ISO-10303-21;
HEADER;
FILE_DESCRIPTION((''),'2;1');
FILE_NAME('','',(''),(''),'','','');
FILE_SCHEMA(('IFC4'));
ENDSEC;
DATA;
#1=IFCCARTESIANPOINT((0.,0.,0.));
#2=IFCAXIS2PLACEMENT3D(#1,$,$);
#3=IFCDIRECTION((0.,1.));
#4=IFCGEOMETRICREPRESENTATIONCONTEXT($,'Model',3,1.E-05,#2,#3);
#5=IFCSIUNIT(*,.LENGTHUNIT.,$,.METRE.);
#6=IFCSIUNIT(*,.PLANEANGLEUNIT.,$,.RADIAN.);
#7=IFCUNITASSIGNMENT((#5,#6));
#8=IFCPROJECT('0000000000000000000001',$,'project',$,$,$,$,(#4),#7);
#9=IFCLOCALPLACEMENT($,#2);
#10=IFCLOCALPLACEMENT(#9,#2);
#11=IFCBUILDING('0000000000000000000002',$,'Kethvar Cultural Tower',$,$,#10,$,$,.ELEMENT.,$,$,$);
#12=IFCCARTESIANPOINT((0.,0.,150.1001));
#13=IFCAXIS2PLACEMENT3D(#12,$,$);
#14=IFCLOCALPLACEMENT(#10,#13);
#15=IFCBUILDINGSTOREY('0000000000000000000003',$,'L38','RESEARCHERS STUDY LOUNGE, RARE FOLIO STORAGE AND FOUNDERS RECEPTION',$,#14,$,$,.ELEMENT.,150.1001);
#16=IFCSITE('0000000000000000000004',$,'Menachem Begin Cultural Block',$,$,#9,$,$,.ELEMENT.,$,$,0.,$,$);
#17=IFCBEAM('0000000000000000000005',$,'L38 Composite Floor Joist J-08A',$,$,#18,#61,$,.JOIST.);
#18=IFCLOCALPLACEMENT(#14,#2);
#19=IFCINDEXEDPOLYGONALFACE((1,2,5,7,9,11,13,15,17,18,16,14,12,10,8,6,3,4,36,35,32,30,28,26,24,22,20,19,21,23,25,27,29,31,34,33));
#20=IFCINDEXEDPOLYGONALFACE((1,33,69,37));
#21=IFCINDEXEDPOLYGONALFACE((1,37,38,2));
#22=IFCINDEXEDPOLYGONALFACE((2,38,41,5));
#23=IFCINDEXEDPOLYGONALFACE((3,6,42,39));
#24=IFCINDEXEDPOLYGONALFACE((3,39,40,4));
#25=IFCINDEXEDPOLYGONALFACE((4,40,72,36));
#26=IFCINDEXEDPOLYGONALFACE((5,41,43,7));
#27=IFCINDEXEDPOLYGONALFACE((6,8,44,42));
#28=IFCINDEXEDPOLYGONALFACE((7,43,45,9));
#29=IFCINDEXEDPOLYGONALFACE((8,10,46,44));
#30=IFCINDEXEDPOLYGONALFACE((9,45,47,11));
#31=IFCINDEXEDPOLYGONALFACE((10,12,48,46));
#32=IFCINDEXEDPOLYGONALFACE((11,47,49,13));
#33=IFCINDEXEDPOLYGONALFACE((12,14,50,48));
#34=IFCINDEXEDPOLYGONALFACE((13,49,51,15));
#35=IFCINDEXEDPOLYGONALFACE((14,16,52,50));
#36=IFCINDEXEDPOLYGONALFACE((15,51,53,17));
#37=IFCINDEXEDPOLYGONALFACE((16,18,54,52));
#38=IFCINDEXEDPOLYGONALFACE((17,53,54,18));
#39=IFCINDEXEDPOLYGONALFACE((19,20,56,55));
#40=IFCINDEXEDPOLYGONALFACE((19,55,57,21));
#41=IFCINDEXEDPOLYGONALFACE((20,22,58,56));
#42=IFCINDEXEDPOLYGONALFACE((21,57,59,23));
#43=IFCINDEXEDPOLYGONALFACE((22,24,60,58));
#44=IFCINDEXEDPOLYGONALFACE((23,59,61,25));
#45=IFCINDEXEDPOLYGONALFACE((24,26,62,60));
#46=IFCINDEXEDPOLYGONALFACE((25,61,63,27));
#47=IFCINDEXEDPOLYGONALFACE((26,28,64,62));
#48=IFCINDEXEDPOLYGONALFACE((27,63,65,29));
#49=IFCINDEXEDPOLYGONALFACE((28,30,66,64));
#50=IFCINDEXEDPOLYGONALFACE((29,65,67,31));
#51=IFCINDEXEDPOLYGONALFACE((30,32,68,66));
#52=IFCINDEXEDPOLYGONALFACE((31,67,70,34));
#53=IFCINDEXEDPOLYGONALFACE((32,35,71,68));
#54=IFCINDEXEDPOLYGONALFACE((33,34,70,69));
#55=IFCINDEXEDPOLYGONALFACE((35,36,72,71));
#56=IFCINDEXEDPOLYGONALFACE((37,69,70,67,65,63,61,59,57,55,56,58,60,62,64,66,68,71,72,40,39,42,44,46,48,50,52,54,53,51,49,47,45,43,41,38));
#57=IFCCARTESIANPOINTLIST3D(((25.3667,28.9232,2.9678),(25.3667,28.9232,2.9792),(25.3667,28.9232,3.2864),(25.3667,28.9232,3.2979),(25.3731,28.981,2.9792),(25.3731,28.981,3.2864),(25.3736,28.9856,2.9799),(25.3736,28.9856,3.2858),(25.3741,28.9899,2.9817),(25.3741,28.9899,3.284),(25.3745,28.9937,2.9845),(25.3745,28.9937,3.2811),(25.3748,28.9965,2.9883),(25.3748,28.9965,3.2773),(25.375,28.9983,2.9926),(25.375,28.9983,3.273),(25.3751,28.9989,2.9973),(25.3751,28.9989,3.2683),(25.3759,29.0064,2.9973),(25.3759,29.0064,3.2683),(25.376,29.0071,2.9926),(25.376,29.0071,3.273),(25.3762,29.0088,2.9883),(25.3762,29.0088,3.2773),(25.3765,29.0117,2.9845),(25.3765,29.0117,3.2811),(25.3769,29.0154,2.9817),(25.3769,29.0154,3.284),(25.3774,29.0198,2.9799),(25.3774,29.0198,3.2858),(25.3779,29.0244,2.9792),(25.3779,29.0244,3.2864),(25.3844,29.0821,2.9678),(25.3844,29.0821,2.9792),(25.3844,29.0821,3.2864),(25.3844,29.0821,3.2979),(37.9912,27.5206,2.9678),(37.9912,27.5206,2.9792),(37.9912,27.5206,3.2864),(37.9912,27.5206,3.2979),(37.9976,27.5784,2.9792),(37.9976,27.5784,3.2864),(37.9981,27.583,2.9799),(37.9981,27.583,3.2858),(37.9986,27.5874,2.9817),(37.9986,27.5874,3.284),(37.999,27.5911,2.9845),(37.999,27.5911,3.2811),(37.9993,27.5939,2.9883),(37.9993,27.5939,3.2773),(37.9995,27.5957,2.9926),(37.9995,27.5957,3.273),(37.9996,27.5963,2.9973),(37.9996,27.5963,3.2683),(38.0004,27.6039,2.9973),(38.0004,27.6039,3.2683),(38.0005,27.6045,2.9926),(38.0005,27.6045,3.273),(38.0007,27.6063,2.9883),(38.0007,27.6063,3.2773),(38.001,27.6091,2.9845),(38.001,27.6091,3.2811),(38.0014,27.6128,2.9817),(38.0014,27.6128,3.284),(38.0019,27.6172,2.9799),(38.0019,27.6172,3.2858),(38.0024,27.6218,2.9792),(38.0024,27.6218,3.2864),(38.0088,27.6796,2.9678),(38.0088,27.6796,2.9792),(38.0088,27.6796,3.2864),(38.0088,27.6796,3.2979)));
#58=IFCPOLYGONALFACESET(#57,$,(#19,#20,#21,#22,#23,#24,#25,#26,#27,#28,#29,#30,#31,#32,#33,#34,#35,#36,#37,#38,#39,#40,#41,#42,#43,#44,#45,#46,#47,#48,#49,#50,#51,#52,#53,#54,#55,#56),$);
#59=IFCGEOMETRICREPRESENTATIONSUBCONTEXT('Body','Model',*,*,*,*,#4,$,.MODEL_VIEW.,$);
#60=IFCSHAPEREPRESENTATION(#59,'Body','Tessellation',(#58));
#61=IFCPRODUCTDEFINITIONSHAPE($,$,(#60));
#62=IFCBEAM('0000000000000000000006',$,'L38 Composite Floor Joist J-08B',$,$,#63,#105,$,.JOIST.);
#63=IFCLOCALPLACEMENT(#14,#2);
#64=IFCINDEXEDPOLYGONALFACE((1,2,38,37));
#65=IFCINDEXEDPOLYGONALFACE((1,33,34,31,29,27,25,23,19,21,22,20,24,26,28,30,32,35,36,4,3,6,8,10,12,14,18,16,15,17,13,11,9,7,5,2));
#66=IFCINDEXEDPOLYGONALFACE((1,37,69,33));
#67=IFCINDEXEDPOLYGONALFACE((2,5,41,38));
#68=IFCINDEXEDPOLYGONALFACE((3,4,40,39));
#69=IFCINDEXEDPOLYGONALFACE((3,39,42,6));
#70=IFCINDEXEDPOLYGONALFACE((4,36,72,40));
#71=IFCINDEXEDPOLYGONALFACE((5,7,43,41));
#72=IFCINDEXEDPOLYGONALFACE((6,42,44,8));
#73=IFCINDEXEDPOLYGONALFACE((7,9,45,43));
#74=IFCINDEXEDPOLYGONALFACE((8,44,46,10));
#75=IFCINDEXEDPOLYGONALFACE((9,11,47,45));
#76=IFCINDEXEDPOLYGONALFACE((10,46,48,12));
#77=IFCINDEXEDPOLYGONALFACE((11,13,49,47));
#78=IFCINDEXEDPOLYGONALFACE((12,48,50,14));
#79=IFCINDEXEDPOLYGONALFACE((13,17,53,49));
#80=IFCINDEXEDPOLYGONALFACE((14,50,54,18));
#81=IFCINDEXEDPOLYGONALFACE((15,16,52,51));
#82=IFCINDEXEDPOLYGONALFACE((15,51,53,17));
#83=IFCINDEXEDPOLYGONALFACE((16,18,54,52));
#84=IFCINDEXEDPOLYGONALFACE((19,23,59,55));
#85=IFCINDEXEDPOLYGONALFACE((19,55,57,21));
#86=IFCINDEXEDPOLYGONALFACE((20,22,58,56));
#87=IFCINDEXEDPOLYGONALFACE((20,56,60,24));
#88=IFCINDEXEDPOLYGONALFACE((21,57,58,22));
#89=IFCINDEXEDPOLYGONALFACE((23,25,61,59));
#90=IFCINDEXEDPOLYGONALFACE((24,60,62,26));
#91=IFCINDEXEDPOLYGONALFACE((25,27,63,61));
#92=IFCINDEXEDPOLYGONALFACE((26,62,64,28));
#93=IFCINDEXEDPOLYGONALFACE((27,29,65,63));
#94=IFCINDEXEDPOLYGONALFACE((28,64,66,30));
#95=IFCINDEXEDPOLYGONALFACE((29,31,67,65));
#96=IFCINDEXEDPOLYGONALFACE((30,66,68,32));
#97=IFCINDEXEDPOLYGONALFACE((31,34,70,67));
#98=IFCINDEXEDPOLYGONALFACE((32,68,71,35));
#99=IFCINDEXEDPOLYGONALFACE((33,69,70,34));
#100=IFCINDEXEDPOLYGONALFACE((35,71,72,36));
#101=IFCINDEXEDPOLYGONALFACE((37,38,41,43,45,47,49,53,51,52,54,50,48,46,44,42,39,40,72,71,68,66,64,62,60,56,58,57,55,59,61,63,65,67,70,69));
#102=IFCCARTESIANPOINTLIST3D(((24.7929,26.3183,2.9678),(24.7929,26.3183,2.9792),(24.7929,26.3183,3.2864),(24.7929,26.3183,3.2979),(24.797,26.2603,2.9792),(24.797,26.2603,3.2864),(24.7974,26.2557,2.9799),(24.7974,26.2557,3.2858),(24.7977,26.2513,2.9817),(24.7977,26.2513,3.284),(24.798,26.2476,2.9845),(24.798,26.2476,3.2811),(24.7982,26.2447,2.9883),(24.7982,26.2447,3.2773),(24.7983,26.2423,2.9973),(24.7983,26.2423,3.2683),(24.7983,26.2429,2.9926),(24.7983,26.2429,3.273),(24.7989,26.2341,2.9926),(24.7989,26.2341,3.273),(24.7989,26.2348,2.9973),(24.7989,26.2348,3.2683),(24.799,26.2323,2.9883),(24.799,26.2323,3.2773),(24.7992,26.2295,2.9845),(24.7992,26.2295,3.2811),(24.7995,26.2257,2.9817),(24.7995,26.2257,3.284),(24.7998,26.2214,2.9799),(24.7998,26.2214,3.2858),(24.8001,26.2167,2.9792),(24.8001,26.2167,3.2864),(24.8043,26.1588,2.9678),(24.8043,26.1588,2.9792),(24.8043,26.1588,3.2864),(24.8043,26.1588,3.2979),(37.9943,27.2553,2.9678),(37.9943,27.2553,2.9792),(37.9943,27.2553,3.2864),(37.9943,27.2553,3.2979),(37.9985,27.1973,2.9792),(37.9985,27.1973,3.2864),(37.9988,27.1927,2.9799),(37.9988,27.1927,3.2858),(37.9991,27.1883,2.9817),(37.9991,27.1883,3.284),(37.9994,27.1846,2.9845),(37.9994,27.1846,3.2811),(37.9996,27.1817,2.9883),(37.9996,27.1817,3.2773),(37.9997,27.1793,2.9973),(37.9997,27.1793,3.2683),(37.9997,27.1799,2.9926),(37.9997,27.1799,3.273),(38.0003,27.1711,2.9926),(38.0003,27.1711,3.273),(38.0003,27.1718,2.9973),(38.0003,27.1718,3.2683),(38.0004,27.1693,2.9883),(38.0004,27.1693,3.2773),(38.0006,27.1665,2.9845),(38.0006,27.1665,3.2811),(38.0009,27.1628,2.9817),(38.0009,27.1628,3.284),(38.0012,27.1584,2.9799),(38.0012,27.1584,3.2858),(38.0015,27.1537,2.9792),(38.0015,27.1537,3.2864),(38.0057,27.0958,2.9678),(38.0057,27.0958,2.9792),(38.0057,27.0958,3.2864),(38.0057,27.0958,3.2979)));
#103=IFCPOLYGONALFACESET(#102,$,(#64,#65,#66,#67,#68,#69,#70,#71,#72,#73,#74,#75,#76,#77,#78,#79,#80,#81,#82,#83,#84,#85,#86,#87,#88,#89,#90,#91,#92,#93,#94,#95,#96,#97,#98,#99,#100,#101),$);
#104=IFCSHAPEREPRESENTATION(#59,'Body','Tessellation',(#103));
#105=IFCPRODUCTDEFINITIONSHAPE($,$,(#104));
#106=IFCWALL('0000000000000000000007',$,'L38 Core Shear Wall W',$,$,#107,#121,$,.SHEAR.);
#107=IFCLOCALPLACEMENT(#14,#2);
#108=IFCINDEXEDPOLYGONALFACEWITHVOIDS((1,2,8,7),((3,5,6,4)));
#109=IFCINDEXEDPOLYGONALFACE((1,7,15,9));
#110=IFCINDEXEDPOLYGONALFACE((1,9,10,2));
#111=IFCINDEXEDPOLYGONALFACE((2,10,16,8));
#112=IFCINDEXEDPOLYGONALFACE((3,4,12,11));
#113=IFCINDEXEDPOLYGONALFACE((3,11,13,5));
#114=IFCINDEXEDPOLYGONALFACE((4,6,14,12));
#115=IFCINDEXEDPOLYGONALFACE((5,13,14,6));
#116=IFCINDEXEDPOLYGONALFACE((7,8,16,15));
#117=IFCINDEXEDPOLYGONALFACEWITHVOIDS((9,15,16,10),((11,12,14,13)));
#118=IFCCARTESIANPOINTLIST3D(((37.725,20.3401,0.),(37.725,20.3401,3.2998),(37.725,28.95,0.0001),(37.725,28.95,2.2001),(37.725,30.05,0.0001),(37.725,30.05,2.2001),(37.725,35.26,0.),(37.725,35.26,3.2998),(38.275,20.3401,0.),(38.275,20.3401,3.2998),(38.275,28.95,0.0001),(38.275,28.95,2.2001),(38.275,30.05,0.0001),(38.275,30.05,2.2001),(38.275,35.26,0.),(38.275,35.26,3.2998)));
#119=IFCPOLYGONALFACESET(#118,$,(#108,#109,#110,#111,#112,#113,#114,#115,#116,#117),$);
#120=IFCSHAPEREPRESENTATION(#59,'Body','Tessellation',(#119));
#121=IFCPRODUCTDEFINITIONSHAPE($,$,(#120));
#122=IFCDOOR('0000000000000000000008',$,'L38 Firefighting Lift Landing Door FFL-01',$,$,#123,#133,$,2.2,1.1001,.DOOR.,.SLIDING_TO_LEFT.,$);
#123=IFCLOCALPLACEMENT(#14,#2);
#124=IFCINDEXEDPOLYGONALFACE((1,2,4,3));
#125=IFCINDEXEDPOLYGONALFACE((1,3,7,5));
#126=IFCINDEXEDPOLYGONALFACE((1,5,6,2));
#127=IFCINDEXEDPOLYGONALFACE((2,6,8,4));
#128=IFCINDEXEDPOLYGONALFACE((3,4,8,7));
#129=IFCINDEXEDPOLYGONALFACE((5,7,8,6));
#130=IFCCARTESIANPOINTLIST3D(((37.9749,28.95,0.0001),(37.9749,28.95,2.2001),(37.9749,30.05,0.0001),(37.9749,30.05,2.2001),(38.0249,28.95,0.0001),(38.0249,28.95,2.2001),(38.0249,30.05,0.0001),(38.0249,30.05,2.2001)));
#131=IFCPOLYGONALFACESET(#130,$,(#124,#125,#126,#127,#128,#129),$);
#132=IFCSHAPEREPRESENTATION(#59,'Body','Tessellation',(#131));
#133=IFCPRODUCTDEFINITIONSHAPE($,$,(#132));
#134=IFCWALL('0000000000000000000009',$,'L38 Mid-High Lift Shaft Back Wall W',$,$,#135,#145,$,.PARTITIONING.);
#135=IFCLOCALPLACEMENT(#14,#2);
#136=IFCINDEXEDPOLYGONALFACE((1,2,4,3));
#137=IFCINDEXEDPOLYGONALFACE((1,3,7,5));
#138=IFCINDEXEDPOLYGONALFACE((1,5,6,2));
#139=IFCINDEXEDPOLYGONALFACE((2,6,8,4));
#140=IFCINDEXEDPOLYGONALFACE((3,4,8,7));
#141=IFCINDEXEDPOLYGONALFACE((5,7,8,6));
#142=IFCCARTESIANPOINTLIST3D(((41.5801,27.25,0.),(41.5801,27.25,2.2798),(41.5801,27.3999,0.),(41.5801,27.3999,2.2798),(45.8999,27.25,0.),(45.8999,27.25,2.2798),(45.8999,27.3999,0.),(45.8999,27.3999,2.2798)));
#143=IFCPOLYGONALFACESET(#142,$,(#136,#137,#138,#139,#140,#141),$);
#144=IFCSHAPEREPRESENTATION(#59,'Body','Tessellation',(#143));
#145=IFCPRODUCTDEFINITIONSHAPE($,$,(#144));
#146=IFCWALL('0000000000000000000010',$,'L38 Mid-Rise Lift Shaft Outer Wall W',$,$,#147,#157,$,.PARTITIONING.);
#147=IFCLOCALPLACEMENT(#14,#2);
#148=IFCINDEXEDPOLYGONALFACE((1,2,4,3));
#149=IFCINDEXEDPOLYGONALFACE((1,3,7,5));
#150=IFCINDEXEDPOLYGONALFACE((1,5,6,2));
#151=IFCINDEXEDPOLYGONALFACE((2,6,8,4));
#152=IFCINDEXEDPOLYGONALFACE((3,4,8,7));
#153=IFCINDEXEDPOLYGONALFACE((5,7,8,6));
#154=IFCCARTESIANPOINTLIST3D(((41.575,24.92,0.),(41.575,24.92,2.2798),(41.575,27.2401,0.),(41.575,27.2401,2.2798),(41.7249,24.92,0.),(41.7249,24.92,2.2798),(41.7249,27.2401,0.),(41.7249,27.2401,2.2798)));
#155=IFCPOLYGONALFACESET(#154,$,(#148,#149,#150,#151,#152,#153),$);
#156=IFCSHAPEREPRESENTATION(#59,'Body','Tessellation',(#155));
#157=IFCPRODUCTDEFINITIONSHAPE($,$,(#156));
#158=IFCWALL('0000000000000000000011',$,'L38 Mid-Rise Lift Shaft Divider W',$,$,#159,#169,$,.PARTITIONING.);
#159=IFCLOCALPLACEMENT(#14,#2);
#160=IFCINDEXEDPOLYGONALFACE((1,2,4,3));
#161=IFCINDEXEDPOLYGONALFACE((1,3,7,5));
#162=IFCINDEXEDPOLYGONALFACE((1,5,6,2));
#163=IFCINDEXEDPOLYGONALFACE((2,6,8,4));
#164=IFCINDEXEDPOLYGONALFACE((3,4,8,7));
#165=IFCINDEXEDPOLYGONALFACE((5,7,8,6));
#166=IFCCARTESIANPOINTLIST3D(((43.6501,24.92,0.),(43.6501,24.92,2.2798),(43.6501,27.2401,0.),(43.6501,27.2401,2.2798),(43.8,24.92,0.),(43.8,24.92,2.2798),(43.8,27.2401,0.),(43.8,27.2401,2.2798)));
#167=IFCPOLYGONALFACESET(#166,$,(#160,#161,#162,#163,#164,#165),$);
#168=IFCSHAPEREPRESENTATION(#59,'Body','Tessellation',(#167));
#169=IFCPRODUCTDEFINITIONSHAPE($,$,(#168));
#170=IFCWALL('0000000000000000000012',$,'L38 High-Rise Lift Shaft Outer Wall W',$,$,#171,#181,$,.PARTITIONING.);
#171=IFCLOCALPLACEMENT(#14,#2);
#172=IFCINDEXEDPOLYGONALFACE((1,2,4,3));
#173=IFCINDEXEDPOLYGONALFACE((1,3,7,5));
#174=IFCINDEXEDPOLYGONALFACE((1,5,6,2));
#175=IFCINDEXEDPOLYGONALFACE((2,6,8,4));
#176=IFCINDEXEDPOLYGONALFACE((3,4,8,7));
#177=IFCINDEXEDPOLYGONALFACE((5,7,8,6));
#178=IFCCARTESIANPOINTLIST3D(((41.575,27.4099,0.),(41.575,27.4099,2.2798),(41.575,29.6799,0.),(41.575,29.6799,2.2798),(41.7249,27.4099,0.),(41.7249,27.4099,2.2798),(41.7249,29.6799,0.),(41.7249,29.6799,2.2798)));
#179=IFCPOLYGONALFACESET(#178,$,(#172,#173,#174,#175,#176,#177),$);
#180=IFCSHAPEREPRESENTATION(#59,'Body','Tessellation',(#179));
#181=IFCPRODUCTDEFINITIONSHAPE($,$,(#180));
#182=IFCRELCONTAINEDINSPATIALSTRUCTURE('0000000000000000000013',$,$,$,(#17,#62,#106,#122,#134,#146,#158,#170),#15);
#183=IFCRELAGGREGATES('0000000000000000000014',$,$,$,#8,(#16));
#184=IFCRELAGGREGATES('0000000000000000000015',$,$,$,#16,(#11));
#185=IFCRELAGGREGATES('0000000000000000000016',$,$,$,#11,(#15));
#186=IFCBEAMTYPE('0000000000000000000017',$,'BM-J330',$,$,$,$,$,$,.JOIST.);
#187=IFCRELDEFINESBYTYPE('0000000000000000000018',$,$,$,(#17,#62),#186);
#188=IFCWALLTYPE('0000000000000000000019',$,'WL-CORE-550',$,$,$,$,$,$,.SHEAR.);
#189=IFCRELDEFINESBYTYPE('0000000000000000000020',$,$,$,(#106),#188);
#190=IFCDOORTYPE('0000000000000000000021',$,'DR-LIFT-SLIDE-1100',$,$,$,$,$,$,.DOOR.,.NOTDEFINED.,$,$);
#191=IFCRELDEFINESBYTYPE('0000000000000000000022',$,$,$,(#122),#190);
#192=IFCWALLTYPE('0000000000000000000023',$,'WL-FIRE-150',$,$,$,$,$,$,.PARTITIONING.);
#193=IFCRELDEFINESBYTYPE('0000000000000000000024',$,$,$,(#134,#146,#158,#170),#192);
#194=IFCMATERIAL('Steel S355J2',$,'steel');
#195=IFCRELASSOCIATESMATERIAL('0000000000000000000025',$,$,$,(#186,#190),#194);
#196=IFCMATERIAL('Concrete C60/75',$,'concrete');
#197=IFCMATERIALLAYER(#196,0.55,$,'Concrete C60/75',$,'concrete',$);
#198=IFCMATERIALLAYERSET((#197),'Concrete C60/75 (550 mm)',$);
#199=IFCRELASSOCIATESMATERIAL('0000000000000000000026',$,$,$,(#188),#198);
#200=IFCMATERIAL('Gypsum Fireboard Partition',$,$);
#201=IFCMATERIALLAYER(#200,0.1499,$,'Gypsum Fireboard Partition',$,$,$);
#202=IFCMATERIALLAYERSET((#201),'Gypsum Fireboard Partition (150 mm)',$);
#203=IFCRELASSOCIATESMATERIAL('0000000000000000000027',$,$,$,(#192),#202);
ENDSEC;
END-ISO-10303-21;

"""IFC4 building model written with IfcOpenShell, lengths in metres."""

from ifc_helpers import new_model, si_unit, direction, frame, frame_2d, origin, origin_2d, place, context, subcontext, project, spatial, rectangle, i_section, extrude, source, transform, mapped, material, layer, layer_set, material_profile, profile_set, type_object, element, fill, save


model = new_model("IFC4")

# Units and contexts
model_context = context("Model", 3, precision=1e-05, world=origin(), true_north=direction((0.0, 1.0)))
body_context = subcontext(model_context, "Body", "Model", "MODEL_VIEW")
ifc_project = project(units=[si_unit("LENGTHUNIT", "METRE"), si_unit("PLANEANGLEUNIT", "RADIAN")], contexts=[model_context])

# Site, building, storey
site_placement = place(None, origin())
site = spatial("IfcSite", under=ifc_project, at=site_placement, Name="Menachem Begin Cultural Block", CompositionType="ELEMENT", RefElevation=0.0)
building_placement = place(site_placement, origin())
building = spatial("IfcBuilding", under=site, at=building_placement, Name="Kethvar Cultural Tower", CompositionType="ELEMENT")
storey_placement = place(building_placement, frame((0.0, 0.0, 150.1001)))
storey = spatial("IfcBuildingStorey", under=building, at=storey_placement, Name="L38", Description="RESEARCHERS STUDY LOUNGE, RARE FOLIO STORAGE AND FOUNDERS RECEPTION", CompositionType="ELEMENT", Elevation=150.1001)

# Beams
ifc_material_1 = material(Name="Steel S355J2", Category="steel")
ifc_material_profile_1 = material_profile(ifc_material_1, i_section(OverallWidth=0.1599, OverallDepth=0.3301, WebThickness=0.0076, FlangeThickness=0.0115, FilletRadius=0.0181, at=origin_2d()), Name="Steel S355J2 — IPE330")
ifc_profile_set_1 = profile_set([ifc_material_profile_1], Name="Steel S355J2 — IPE330")
beam_type_1 = type_object("IfcBeamType", Name="BM-J330", PredefinedType="JOIST", material=ifc_profile_set_1)
shared_shape_1 = source(origin(), body_context, "Body", "SweptSolid", [
    extrude(i_section(OverallWidth=0.1599, OverallDepth=0.3301, WebThickness=0.0076, FlangeThickness=0.0115, FilletRadius=0.0181, at=origin_2d()), origin(), (0.0, 0.0, 1.0), 12.7021),
])
beam_1_placement = place(storey_placement, frame((38.0, 27.6001, 3.1328), z_axis=(-0.993885, 0.110421, 0.0), x_axis=(-0.110421, -0.993885, 0.0)))
element("IfcBeam", 1, at=beam_1_placement, inside=storey, type_object=beam_type_1, Name="L38 Composite Floor Joist J-08A", PredefinedType="JOIST", context=body_context, shape_type="MappedRepresentation", body=[
    mapped(shared_shape_1, transform((0.0, 0.0, 0.0), scale=1.0)),
])
shared_shape_2 = source(origin(), body_context, "Body", "SweptSolid", [
    extrude(i_section(OverallWidth=0.1599, OverallDepth=0.3301, WebThickness=0.0076, FlangeThickness=0.0115, FilletRadius=0.0181, at=origin_2d()), origin(), (0.0, 0.0, 1.0), 13.2346),
])
beam_2_placement = place(storey_placement, frame((38.0, 27.1755, 3.1328), z_axis=(-0.997491, -0.0708, 0.0), x_axis=(0.0708, -0.997491, 0.0)))
element("IfcBeam", 2, at=beam_2_placement, inside=storey, type_object=beam_type_1, Name="L38 Composite Floor Joist J-08B", PredefinedType="JOIST", context=body_context, shape_type="MappedRepresentation", body=[
    mapped(shared_shape_2, transform((0.0, 0.0, 0.0), scale=1.0)),
])

# Wall, opening, door
ifc_material_2 = material(Name="Concrete C60/75", Category="concrete")
ifc_layer_1 = layer(ifc_material_2, 0.55, Name="Concrete C60/75", Category="concrete")
ifc_layer_set_1 = layer_set([ifc_layer_1], Name="Concrete C60/75 (550 mm)")
wall_type_1 = type_object("IfcWallType", Name="WL-CORE-550", PredefinedType="SHEAR", material=ifc_layer_set_1)
wall_1_placement = place(storey_placement, frame((38.0, 35.26, 0.0), z_axis=(0.0, 0.0, 1.0), x_axis=(0.0, -1.0, 0.0)))
wall_1 = element("IfcWall", 3, at=wall_1_placement, inside=storey, type_object=wall_type_1, Name="L38 Core Shear Wall W", PredefinedType="SHEAR", context=body_context, shape_type="SweptSolid", body=[
    extrude(rectangle(XDim=14.9199, YDim=0.55, at=frame_2d((7.46, 0.0))), origin(), (0.0, 0.0, 1.0), 3.2998),
])
opening_1_placement = place(wall_1_placement, frame((5.21, 0.0, 0.0)))
opening_1 = element("IfcOpeningElement", 4, at=opening_1_placement, cuts=wall_1, PredefinedType="OPENING", context=body_context, shape_type="SweptSolid", body=[
    extrude(rectangle(XDim=1.1001, YDim=2.2, at=frame_2d((0.55, 1.1001))), frame((0.0, 0.2849, 0.0), z_axis=(0.0, -1.0, 0.0), x_axis=(1.0, 0.0, 0.0)), (0.0, 0.0, 1.0), 0.5701),
])
door_type = type_object("IfcDoorType", Name="DR-LIFT-SLIDE-1100", OperationType="NOTDEFINED", PredefinedType="DOOR", material=ifc_material_1)
shared_shape_3 = source(origin(), body_context, "Body", "SweptSolid", [
    extrude(rectangle(XDim=1.1001, YDim=2.2, at=frame_2d((0.55, 1.1001))), frame((0.0, 0.0249, 0.0), z_axis=(0.0, -1.0, 0.0), x_axis=(1.0, 0.0, 0.0)), (0.0, 0.0, 1.0), 0.05),
])
door_1_placement = place(opening_1_placement, origin())
door_1 = element("IfcDoor", 5, at=door_1_placement, inside=storey, type_object=door_type, Name="L38 Firefighting Lift Landing Door FFL-01", OperationType="SLIDING_TO_LEFT", OverallHeight=2.2, OverallWidth=1.1001, PredefinedType="DOOR", context=body_context, shape_type="MappedRepresentation", body=[
    mapped(shared_shape_3, transform((0.0, 0.0, 0.0), scale=1.0)),
])
fill(opening_1, door_1)

# Walls
ifc_material_3 = material(Name="Gypsum Fireboard Partition")
ifc_layer_2 = layer(ifc_material_3, 0.1499, Name="Gypsum Fireboard Partition")
ifc_layer_set_2 = layer_set([ifc_layer_2], Name="Gypsum Fireboard Partition (150 mm)")
wall_type_2 = type_object("IfcWallType", Name="WL-FIRE-150", PredefinedType="PARTITIONING", material=ifc_layer_set_2)
wall_2_placement = place(storey_placement, frame((41.5801, 27.325, 0.0), z_axis=(0.0, 0.0, 1.0), x_axis=(1.0, 0.0, 0.0)))
element("IfcWall", 6, at=wall_2_placement, inside=storey, type_object=wall_type_2, Name="L38 Mid-High Lift Shaft Back Wall W", PredefinedType="PARTITIONING", context=body_context, shape_type="SweptSolid", body=[
    extrude(rectangle(XDim=4.3198, YDim=0.1499, at=frame_2d((2.1599, 0.0))), origin(), (0.0, 0.0, 1.0), 2.2798),
])
for number, where, z_axis, x_axis, name in (
    (7, (41.6499, 24.9199, 0.0), (0.0, 0.0, 1.0), (0.0, 1.0, 0.0), "L38 Mid-Rise Lift Shaft Outer Wall W"),
    (8, (43.7251, 24.9199, 0.0), (0.0, 0.0, 1.0), (0.0, 1.0, 0.0), "L38 Mid-Rise Lift Shaft Divider W"),
):
    element("IfcWall", number, at=place(storey_placement, frame(where, z_axis=z_axis, x_axis=x_axis)), inside=storey, type_object=wall_type_2, Name=name, PredefinedType="PARTITIONING", context=body_context, shape_type="SweptSolid", body=[
        extrude(rectangle(XDim=2.3201, YDim=0.1499, at=frame_2d((1.1602, 0.0))), origin(), (0.0, 0.0, 1.0), 2.2798),
    ])
for number, where, z_axis, x_axis, name in (
    (9, (41.6499, 27.4099, 0.0), (0.0, 0.0, 1.0), (0.0, 1.0, 0.0), "L38 High-Rise Lift Shaft Outer Wall W"),
):
    element("IfcWall", number, at=place(storey_placement, frame(where, z_axis=z_axis, x_axis=x_axis)), inside=storey, type_object=wall_type_2, Name=name, PredefinedType="PARTITIONING", context=body_context, shape_type="SweptSolid", body=[
        extrude(rectangle(XDim=2.27, YDim=0.1499, at=frame_2d((1.135, 0.0))), origin(), (0.0, 0.0, 1.0), 2.2798),
    ])

save(model, "model.ifc")
